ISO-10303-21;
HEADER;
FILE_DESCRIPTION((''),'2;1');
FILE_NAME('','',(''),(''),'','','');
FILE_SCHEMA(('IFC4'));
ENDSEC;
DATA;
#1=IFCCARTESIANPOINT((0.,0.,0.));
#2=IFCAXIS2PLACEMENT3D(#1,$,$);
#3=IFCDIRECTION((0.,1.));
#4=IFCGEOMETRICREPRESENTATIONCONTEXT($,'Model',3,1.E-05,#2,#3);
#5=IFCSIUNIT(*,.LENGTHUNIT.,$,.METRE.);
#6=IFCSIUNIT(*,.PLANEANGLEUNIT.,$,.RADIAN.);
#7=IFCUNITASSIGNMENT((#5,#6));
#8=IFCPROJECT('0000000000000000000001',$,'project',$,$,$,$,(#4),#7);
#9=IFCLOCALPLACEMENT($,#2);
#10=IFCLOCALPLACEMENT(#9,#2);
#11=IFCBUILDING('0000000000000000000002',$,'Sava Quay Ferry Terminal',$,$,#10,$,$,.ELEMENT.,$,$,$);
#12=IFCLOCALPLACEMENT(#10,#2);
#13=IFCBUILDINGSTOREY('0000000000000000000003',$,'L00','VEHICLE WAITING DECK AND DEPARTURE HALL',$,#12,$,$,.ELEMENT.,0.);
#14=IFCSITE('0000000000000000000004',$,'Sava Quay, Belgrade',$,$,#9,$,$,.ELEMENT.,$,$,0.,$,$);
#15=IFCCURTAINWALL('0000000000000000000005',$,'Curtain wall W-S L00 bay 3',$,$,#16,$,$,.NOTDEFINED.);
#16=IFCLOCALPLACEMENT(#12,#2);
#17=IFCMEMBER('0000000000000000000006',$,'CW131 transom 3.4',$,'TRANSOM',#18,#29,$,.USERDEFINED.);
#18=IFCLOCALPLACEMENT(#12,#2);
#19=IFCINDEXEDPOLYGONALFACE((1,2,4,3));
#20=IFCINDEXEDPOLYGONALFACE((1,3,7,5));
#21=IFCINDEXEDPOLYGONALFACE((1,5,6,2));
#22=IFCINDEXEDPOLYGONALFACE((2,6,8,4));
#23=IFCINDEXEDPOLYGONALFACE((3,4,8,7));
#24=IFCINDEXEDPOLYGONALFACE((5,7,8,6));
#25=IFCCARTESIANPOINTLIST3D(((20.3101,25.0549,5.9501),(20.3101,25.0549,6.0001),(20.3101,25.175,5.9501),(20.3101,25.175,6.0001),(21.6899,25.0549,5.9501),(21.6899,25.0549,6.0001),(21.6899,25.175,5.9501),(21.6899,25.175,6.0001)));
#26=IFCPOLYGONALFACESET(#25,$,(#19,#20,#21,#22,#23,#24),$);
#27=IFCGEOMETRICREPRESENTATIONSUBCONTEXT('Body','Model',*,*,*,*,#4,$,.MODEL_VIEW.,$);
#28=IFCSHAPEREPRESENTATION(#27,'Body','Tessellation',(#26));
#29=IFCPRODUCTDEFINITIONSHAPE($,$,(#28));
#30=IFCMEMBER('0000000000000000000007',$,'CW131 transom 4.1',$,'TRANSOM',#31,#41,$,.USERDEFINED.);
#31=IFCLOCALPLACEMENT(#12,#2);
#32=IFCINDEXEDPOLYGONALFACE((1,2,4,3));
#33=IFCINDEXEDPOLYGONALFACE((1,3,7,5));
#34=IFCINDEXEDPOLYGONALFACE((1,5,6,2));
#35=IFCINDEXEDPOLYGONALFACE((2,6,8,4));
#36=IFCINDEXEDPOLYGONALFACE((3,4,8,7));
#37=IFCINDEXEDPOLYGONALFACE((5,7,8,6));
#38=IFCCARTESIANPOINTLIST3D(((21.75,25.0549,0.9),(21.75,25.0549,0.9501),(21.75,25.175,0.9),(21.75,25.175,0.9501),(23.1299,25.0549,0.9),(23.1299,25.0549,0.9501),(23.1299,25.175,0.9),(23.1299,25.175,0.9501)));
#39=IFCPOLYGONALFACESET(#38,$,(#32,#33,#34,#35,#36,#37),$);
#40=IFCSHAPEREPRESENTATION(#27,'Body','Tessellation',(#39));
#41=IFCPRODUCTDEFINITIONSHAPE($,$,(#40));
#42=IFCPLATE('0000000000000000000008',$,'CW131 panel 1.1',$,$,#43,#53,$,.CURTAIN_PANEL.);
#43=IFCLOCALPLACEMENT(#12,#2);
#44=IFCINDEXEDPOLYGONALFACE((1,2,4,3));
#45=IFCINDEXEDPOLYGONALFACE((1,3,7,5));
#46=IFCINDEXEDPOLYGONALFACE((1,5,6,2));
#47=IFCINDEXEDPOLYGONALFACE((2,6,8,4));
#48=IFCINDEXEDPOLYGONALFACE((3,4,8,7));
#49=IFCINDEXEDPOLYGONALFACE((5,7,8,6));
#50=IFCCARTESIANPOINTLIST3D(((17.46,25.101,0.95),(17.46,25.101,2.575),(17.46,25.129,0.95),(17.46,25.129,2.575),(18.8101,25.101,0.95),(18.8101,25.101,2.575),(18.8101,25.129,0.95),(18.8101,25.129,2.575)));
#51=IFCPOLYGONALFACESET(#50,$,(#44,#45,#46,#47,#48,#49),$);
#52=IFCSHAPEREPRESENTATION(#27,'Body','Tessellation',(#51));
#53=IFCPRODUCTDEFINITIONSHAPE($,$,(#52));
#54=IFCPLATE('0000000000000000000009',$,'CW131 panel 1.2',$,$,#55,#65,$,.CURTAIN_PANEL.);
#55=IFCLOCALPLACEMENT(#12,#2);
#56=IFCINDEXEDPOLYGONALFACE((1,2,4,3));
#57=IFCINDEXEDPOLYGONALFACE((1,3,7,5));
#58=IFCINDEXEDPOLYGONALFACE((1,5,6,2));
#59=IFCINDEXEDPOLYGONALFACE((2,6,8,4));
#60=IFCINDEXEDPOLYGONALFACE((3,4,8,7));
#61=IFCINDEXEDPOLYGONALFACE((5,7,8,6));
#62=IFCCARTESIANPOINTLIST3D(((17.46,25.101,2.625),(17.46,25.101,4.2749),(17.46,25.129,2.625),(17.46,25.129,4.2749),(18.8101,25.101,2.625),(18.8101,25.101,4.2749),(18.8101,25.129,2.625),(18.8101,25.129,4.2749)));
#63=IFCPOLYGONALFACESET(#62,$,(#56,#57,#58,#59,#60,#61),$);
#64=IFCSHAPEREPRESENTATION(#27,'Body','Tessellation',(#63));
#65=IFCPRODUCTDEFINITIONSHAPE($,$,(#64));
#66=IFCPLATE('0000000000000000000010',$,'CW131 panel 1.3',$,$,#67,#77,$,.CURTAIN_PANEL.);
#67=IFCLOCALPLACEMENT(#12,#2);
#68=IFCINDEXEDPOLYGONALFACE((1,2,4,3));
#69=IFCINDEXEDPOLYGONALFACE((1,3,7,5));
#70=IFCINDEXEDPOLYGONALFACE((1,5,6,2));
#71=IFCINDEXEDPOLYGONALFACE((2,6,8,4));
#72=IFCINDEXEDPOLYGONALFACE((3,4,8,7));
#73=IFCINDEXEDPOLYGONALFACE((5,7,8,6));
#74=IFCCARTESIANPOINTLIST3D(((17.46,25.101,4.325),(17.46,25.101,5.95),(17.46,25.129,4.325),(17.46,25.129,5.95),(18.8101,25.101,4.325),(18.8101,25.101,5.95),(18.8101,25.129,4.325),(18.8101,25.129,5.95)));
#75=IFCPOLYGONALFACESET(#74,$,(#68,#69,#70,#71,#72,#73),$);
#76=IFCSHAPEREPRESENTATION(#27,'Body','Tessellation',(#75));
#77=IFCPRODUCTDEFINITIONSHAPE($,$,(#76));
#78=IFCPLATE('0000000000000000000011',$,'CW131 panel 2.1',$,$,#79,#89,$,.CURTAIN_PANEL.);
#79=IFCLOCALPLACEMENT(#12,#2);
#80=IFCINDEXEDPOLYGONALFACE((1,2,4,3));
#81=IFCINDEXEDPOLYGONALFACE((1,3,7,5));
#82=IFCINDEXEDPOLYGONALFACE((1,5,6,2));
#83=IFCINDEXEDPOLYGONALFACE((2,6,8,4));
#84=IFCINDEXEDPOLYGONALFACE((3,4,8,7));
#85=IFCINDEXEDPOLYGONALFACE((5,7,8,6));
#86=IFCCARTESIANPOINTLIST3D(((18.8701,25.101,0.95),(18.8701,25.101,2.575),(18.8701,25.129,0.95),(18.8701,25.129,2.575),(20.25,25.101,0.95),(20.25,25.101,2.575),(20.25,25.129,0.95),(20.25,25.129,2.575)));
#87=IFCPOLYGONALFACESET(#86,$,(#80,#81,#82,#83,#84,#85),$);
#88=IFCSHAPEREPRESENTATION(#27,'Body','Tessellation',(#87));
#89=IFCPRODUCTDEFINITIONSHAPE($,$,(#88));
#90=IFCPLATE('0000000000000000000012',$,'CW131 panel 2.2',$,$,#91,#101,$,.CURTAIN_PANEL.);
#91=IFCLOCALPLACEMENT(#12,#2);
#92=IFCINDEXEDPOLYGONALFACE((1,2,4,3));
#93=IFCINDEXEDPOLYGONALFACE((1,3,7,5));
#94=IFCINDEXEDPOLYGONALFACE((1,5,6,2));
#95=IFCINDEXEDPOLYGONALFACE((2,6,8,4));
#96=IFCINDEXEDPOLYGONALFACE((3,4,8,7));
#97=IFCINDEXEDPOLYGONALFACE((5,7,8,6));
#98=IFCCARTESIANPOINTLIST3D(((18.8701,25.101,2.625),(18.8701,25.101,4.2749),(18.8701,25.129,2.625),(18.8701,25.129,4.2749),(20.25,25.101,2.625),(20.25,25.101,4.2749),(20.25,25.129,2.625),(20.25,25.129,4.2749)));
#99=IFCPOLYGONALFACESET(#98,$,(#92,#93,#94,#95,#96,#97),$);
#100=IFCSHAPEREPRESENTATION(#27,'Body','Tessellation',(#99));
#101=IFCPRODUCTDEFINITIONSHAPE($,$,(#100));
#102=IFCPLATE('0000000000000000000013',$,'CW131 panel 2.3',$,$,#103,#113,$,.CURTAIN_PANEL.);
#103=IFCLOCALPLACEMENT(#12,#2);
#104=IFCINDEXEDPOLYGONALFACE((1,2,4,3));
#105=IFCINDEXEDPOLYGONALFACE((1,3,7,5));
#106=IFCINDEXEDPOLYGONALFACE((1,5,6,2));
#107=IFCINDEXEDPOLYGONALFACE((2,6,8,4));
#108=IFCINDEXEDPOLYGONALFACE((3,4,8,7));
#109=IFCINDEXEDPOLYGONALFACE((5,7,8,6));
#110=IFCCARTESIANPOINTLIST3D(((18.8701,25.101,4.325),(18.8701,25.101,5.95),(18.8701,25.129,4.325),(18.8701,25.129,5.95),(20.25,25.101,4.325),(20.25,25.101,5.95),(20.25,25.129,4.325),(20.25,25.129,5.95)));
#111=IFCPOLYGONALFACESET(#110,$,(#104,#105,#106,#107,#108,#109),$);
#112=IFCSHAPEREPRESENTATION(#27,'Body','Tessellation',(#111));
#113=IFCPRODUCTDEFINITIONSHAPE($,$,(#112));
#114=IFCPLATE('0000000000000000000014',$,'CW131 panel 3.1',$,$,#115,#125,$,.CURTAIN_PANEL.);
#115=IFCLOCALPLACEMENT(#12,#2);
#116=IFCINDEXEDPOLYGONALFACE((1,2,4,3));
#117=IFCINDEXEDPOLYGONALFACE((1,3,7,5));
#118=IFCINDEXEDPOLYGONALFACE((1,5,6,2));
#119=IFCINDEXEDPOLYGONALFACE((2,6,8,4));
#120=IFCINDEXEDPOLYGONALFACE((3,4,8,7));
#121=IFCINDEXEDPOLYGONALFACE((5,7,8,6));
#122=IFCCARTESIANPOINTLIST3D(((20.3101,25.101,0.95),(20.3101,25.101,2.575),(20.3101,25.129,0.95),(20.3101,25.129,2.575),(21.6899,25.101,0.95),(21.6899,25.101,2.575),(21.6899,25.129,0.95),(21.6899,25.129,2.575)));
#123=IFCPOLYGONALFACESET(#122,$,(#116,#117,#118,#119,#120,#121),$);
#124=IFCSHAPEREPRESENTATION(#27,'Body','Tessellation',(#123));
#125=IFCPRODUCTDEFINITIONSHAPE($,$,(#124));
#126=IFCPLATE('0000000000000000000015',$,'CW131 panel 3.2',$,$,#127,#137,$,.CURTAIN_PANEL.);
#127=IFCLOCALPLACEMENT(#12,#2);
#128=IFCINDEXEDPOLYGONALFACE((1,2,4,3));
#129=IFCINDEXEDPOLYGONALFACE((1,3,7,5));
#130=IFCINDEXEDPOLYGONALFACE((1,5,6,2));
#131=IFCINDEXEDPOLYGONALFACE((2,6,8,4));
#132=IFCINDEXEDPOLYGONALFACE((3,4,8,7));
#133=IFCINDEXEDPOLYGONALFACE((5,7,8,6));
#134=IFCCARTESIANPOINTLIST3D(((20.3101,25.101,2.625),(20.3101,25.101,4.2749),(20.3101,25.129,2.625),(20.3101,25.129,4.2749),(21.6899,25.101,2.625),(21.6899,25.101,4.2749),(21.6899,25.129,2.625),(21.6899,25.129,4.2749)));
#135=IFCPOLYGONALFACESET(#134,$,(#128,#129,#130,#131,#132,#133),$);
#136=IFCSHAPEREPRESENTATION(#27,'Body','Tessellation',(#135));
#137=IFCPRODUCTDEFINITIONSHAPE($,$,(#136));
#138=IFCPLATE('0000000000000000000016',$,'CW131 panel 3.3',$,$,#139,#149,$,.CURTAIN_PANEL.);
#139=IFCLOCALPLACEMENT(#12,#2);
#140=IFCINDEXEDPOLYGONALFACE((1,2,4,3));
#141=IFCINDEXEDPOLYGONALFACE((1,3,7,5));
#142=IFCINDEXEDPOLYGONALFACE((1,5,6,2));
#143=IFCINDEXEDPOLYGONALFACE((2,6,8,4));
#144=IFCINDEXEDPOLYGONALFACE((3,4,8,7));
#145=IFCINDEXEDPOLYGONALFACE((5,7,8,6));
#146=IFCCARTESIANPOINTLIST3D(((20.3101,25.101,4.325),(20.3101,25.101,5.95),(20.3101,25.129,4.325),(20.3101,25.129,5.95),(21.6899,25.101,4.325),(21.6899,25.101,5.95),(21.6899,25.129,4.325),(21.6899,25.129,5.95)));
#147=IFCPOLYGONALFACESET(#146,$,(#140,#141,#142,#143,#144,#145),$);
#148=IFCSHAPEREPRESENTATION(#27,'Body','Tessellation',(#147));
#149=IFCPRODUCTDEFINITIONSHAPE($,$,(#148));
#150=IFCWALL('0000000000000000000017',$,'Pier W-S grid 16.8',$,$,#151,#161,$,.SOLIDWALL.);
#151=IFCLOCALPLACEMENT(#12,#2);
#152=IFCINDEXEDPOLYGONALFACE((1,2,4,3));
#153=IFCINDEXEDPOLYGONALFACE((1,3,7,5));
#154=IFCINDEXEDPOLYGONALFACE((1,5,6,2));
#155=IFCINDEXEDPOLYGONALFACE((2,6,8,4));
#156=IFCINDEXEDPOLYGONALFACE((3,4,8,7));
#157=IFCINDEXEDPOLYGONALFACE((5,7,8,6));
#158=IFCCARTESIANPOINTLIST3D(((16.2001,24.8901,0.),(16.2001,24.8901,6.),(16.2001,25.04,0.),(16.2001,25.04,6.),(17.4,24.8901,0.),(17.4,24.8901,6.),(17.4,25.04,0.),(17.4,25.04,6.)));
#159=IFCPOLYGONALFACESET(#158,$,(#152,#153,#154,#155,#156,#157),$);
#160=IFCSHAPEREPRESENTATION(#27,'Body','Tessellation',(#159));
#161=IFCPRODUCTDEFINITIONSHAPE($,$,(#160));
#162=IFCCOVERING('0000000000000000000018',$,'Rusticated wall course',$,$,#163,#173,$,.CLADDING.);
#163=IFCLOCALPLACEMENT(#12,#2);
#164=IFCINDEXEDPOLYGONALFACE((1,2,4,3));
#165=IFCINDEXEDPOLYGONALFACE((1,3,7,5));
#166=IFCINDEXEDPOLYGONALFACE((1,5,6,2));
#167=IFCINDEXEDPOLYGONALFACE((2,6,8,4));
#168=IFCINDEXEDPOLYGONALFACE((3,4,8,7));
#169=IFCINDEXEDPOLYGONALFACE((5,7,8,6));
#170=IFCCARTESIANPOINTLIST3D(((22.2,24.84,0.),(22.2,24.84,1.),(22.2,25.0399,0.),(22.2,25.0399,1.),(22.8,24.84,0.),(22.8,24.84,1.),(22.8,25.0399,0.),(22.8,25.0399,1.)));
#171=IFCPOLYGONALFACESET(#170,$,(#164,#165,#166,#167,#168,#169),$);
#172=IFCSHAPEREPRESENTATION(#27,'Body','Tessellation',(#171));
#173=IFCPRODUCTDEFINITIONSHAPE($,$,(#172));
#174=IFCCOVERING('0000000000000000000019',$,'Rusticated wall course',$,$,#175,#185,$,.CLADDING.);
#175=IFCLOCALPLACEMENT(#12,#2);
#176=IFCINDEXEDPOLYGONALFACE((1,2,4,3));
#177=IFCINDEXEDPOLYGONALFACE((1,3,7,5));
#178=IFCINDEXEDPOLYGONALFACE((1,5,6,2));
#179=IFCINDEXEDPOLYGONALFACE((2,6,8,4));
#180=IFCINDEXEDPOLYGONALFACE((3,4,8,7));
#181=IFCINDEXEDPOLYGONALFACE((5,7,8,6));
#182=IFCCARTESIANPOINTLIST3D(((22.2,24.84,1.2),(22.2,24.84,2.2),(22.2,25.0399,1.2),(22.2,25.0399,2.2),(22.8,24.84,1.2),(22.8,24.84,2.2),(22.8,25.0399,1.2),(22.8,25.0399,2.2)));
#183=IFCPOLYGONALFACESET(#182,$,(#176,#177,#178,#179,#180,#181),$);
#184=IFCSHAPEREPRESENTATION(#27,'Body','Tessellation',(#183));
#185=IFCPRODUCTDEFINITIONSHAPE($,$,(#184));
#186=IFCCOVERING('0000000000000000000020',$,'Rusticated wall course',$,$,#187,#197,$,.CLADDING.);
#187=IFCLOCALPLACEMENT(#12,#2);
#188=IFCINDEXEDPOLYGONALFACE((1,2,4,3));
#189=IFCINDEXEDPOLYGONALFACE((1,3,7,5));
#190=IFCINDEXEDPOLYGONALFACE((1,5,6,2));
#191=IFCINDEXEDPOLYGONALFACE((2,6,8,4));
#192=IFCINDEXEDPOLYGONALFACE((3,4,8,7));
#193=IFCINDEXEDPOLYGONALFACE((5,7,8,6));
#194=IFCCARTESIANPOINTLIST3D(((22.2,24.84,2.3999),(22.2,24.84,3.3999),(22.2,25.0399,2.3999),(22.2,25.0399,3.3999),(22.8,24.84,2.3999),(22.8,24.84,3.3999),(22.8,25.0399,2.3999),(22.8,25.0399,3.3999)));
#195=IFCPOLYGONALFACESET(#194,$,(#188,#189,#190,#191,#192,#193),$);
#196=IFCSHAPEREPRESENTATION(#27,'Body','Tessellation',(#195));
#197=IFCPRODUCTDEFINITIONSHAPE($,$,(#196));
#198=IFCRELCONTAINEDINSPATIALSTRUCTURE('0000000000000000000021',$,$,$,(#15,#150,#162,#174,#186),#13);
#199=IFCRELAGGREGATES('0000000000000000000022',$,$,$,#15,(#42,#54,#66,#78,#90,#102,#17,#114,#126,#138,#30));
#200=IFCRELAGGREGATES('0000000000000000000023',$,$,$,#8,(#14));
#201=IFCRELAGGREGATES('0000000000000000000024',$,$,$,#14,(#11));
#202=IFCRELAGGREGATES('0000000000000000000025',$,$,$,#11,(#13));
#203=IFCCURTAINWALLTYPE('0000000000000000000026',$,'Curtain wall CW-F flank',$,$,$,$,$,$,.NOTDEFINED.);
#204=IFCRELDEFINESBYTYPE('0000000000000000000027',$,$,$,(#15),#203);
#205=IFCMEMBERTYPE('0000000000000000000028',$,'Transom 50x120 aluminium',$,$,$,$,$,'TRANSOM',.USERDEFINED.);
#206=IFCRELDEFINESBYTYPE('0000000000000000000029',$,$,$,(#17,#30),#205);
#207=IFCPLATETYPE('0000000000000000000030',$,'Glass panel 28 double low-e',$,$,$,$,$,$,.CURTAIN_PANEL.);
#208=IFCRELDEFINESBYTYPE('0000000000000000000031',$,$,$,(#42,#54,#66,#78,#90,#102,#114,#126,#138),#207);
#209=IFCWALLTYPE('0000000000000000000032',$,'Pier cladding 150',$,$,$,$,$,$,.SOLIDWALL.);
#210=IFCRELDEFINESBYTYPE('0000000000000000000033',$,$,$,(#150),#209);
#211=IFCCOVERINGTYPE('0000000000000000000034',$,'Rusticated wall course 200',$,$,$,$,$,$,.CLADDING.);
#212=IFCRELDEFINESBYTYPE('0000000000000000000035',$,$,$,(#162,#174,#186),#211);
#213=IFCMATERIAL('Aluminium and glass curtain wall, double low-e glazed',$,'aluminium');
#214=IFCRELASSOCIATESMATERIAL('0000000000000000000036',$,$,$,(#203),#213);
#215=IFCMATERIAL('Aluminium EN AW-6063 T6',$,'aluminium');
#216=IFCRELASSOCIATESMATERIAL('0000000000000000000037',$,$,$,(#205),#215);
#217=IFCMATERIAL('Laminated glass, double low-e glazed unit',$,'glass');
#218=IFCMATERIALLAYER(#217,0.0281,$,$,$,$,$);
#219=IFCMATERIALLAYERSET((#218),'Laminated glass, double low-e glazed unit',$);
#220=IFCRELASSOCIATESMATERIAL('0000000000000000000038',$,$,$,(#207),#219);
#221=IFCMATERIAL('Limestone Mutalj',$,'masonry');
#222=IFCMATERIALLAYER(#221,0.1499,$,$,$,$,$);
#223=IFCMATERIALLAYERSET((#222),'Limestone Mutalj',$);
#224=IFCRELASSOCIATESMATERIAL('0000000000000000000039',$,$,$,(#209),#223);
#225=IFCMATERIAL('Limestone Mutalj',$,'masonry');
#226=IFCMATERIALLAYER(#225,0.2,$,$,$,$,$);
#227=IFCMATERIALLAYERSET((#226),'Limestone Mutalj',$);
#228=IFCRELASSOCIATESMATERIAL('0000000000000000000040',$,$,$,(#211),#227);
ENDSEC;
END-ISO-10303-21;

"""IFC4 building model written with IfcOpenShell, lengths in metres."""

from ifc_helpers import new_model, si_unit, direction, frame, frame_2d, origin, origin_2d, place, context, subcontext, project, spatial, rectangle, extrude, material, layer, layer_set, material_profile, profile_set, type_object, element, aggregate, save


model = new_model("IFC4")

# Units and contexts
model_context = context("Model", 3, precision=1e-05, world=origin(), true_north=direction((0.0, 1.0)))
body_context = subcontext(model_context, "Body", "Model", "MODEL_VIEW")
ifc_project = project(units=[si_unit("LENGTHUNIT", "METRE"), si_unit("PLANEANGLEUNIT", "RADIAN")], contexts=[model_context])

# Site, building, storey
site_placement = place(None, origin())
site = spatial("IfcSite", under=ifc_project, at=site_placement, Name="Sava Quay, Belgrade", CompositionType="ELEMENT", RefElevation=0.0)
building_placement = place(site_placement, origin())
building = spatial("IfcBuilding", under=site, at=building_placement, Name="Sava Quay Ferry Terminal", CompositionType="ELEMENT")
storey_placement = place(building_placement, origin())
storey = spatial("IfcBuildingStorey", under=building, at=storey_placement, Name="L00", Description="VEHICLE WAITING DECK AND DEPARTURE HALL", CompositionType="ELEMENT", Elevation=0.0)

# Curtain wall, members, plates
ifc_material_1 = material(Name="Aluminium and glass curtain wall, double low-e glazed", Category="aluminium")
curtain_wall_type = type_object("IfcCurtainWallType", Name="Curtain wall CW-F flank", PredefinedType="NOTDEFINED", material=ifc_material_1)
curtain_wall_placement = place(storey_placement, origin())
curtain_wall = element("IfcCurtainWall", 1, at=curtain_wall_placement, inside=storey, type_object=curtain_wall_type, Name="Curtain wall W-S L00 bay 3", PredefinedType="NOTDEFINED")
ifc_material_2 = material(Name="Aluminium EN AW-6063 T6", Category="aluminium")
ifc_material_profile_1 = material_profile(ifc_material_2, rectangle(XDim=0.1201, YDim=0.05, at=origin_2d()), Name="Transom 50x120 aluminium")
ifc_profile_set_1 = profile_set([ifc_material_profile_1], Name="Aluminium EN AW-6063 T6")
member_type_1 = type_object("IfcMemberType", Name="Transom 50x120 aluminium", ElementType="TRANSOM", PredefinedType="USERDEFINED", material=ifc_profile_set_1)
member_1_placement = place(storey_placement, frame((20.3101, 25.115, 5.9751), z_axis=(1.0, 0.0, 0.0), x_axis=(0.0, 1.0, 0.0)))
member_1 = element("IfcMember", 2, at=member_1_placement, type_object=member_type_1, Name="CW131 transom 3.4", ObjectType="TRANSOM", PredefinedType="USERDEFINED", context=body_context, shape_type="SweptSolid", body=[
    extrude(rectangle(XDim=0.1201, YDim=0.05, at=origin_2d()), origin(), (0.0, 0.0, 1.0), 1.3799),
])
member_2_placement = place(storey_placement, frame((21.75, 25.115, 0.925), z_axis=(1.0, 0.0, 0.0), x_axis=(0.0, 1.0, 0.0)))
member_2 = element("IfcMember", 3, at=member_2_placement, type_object=member_type_1, Name="CW131 transom 4.1", ObjectType="TRANSOM", PredefinedType="USERDEFINED", context=body_context, shape_type="SweptSolid", body=[
    extrude(rectangle(XDim=0.1201, YDim=0.05, at=origin_2d()), origin(), (0.0, 0.0, 1.0), 1.3799),
])
ifc_material_3 = material(Name="Laminated glass, double low-e glazed unit", Category="glass")
ifc_layer_1 = layer(ifc_material_3, 0.0281)
ifc_layer_set_1 = layer_set([ifc_layer_1], Name="Laminated glass, double low-e glazed unit")
plate_type = type_object("IfcPlateType", Name="Glass panel 28 double low-e", PredefinedType="CURTAIN_PANEL", material=ifc_layer_set_1)
plate_1_placement = place(storey_placement, frame((18.135, 25.115, 0.95), z_axis=(0.0, 0.0, 1.0), x_axis=(1.0, 0.0, 0.0)))
plate_1 = element("IfcPlate", 4, at=plate_1_placement, type_object=plate_type, Name="CW131 panel 1.1", PredefinedType="CURTAIN_PANEL", context=body_context, shape_type="SweptSolid", body=[
    extrude(rectangle(XDim=1.3501, YDim=0.0281, at=origin_2d()), origin(), (0.0, 0.0, 1.0), 1.625),
])
plate_2_placement = place(storey_placement, frame((18.135, 25.115, 2.625), z_axis=(0.0, 0.0, 1.0), x_axis=(1.0, 0.0, 0.0)))
plate_2 = element("IfcPlate", 5, at=plate_2_placement, type_object=plate_type, Name="CW131 panel 1.2", PredefinedType="CURTAIN_PANEL", context=body_context, shape_type="SweptSolid", body=[
    extrude(rectangle(XDim=1.3501, YDim=0.0281, at=origin_2d()), origin(), (0.0, 0.0, 1.0), 1.6499),
])
plate_3_placement = place(storey_placement, frame((18.135, 25.115, 4.325), z_axis=(0.0, 0.0, 1.0), x_axis=(1.0, 0.0, 0.0)))
plate_3 = element("IfcPlate", 6, at=plate_3_placement, type_object=plate_type, Name="CW131 panel 1.3", PredefinedType="CURTAIN_PANEL", context=body_context, shape_type="SweptSolid", body=[
    extrude(rectangle(XDim=1.3501, YDim=0.0281, at=origin_2d()), origin(), (0.0, 0.0, 1.0), 1.625),
])
plate_4_placement = place(storey_placement, frame((19.5601, 25.115, 0.95), z_axis=(0.0, 0.0, 1.0), x_axis=(1.0, 0.0, 0.0)))
plate_4 = element("IfcPlate", 7, at=plate_4_placement, type_object=plate_type, Name="CW131 panel 2.1", PredefinedType="CURTAIN_PANEL", context=body_context, shape_type="SweptSolid", body=[
    extrude(rectangle(XDim=1.3799, YDim=0.0281, at=origin_2d()), origin(), (0.0, 0.0, 1.0), 1.625),
])
plate_5_placement = place(storey_placement, frame((19.5601, 25.115, 2.625), z_axis=(0.0, 0.0, 1.0), x_axis=(1.0, 0.0, 0.0)))
plate_5 = element("IfcPlate", 8, at=plate_5_placement, type_object=plate_type, Name="CW131 panel 2.2", PredefinedType="CURTAIN_PANEL", context=body_context, shape_type="SweptSolid", body=[
    extrude(rectangle(XDim=1.3799, YDim=0.0281, at=origin_2d()), origin(), (0.0, 0.0, 1.0), 1.6499),
])
plate_6_placement = place(storey_placement, frame((19.5601, 25.115, 4.325), z_axis=(0.0, 0.0, 1.0), x_axis=(1.0, 0.0, 0.0)))
plate_6 = element("IfcPlate", 9, at=plate_6_placement, type_object=plate_type, Name="CW131 panel 2.3", PredefinedType="CURTAIN_PANEL", context=body_context, shape_type="SweptSolid", body=[
    extrude(rectangle(XDim=1.3799, YDim=0.0281, at=origin_2d()), origin(), (0.0, 0.0, 1.0), 1.625),
])
plate_7_placement = place(storey_placement, frame((21.0, 25.115, 0.95), z_axis=(0.0, 0.0, 1.0), x_axis=(1.0, 0.0, 0.0)))
plate_7 = element("IfcPlate", 10, at=plate_7_placement, type_object=plate_type, Name="CW131 panel 3.1", PredefinedType="CURTAIN_PANEL", context=body_context, shape_type="SweptSolid", body=[
    extrude(rectangle(XDim=1.3799, YDim=0.0281, at=origin_2d()), origin(), (0.0, 0.0, 1.0), 1.625),
])
plate_8_placement = place(storey_placement, frame((21.0, 25.115, 2.625), z_axis=(0.0, 0.0, 1.0), x_axis=(1.0, 0.0, 0.0)))
plate_8 = element("IfcPlate", 11, at=plate_8_placement, type_object=plate_type, Name="CW131 panel 3.2", PredefinedType="CURTAIN_PANEL", context=body_context, shape_type="SweptSolid", body=[
    extrude(rectangle(XDim=1.3799, YDim=0.0281, at=origin_2d()), origin(), (0.0, 0.0, 1.0), 1.6499),
])
plate_9_placement = place(storey_placement, frame((21.0, 25.115, 4.325), z_axis=(0.0, 0.0, 1.0), x_axis=(1.0, 0.0, 0.0)))
plate_9 = element("IfcPlate", 12, at=plate_9_placement, type_object=plate_type, Name="CW131 panel 3.3", PredefinedType="CURTAIN_PANEL", context=body_context, shape_type="SweptSolid", body=[
    extrude(rectangle(XDim=1.3799, YDim=0.0281, at=origin_2d()), origin(), (0.0, 0.0, 1.0), 1.625),
])
aggregate(curtain_wall, [plate_1, plate_2, plate_3, plate_4, plate_5, plate_6, member_1, plate_7, plate_8, plate_9, member_2])

# Wall
ifc_material_4 = material(Name="Limestone Mutalj", Category="masonry")
ifc_layer_2 = layer(ifc_material_4, 0.1499)
ifc_layer_set_2 = layer_set([ifc_layer_2], Name="Limestone Mutalj")
wall_type = type_object("IfcWallType", Name="Pier cladding 150", PredefinedType="SOLIDWALL", material=ifc_layer_set_2)
wall_placement = place(storey_placement, frame((16.2, 24.9651, 0.0), z_axis=(0.0, 0.0, 1.0), x_axis=(1.0, 0.0, 0.0)))
element("IfcWall", 13, at=wall_placement, inside=storey, type_object=wall_type, Name="Pier W-S grid 16.8", PredefinedType="SOLIDWALL", context=body_context, shape_type="SweptSolid", body=[
    extrude(rectangle(XDim=1.2, YDim=0.1499, at=frame_2d((0.6001, 0.0))), origin(), (0.0, 0.0, 1.0), 6.0),
])

# Coverings
ifc_material_5 = material(Name="Limestone Mutalj", Category="masonry")
ifc_layer_3 = layer(ifc_material_5, 0.2)
ifc_layer_set_3 = layer_set([ifc_layer_3], Name="Limestone Mutalj")
covering_type = type_object("IfcCoveringType", Name="Rusticated wall course 200", PredefinedType="CLADDING", material=ifc_layer_set_3)
for number, where, z_axis, x_axis, name in (
    (14, (22.5, 24.9399, 0.0), (0.0, 0.0, 1.0), (1.0, 0.0, 0.0), "Rusticated wall course"),
    (15, (22.5, 24.9399, 1.2), (0.0, 0.0, 1.0), (1.0, 0.0, 0.0), "Rusticated wall course"),
    (16, (22.5, 24.9399, 2.3999), (0.0, 0.0, 1.0), (1.0, 0.0, 0.0), "Rusticated wall course"),
):
    element("IfcCovering", number, at=place(storey_placement, frame(where, z_axis=z_axis, x_axis=x_axis)), inside=storey, type_object=covering_type, Name=name, PredefinedType="CLADDING", context=body_context, shape_type="SweptSolid", body=[
        extrude(rectangle(XDim=0.6001, YDim=0.2, at=origin_2d()), origin(), (0.0, 0.0, 1.0), 1.0),
    ])

save(model, "model.ifc")
